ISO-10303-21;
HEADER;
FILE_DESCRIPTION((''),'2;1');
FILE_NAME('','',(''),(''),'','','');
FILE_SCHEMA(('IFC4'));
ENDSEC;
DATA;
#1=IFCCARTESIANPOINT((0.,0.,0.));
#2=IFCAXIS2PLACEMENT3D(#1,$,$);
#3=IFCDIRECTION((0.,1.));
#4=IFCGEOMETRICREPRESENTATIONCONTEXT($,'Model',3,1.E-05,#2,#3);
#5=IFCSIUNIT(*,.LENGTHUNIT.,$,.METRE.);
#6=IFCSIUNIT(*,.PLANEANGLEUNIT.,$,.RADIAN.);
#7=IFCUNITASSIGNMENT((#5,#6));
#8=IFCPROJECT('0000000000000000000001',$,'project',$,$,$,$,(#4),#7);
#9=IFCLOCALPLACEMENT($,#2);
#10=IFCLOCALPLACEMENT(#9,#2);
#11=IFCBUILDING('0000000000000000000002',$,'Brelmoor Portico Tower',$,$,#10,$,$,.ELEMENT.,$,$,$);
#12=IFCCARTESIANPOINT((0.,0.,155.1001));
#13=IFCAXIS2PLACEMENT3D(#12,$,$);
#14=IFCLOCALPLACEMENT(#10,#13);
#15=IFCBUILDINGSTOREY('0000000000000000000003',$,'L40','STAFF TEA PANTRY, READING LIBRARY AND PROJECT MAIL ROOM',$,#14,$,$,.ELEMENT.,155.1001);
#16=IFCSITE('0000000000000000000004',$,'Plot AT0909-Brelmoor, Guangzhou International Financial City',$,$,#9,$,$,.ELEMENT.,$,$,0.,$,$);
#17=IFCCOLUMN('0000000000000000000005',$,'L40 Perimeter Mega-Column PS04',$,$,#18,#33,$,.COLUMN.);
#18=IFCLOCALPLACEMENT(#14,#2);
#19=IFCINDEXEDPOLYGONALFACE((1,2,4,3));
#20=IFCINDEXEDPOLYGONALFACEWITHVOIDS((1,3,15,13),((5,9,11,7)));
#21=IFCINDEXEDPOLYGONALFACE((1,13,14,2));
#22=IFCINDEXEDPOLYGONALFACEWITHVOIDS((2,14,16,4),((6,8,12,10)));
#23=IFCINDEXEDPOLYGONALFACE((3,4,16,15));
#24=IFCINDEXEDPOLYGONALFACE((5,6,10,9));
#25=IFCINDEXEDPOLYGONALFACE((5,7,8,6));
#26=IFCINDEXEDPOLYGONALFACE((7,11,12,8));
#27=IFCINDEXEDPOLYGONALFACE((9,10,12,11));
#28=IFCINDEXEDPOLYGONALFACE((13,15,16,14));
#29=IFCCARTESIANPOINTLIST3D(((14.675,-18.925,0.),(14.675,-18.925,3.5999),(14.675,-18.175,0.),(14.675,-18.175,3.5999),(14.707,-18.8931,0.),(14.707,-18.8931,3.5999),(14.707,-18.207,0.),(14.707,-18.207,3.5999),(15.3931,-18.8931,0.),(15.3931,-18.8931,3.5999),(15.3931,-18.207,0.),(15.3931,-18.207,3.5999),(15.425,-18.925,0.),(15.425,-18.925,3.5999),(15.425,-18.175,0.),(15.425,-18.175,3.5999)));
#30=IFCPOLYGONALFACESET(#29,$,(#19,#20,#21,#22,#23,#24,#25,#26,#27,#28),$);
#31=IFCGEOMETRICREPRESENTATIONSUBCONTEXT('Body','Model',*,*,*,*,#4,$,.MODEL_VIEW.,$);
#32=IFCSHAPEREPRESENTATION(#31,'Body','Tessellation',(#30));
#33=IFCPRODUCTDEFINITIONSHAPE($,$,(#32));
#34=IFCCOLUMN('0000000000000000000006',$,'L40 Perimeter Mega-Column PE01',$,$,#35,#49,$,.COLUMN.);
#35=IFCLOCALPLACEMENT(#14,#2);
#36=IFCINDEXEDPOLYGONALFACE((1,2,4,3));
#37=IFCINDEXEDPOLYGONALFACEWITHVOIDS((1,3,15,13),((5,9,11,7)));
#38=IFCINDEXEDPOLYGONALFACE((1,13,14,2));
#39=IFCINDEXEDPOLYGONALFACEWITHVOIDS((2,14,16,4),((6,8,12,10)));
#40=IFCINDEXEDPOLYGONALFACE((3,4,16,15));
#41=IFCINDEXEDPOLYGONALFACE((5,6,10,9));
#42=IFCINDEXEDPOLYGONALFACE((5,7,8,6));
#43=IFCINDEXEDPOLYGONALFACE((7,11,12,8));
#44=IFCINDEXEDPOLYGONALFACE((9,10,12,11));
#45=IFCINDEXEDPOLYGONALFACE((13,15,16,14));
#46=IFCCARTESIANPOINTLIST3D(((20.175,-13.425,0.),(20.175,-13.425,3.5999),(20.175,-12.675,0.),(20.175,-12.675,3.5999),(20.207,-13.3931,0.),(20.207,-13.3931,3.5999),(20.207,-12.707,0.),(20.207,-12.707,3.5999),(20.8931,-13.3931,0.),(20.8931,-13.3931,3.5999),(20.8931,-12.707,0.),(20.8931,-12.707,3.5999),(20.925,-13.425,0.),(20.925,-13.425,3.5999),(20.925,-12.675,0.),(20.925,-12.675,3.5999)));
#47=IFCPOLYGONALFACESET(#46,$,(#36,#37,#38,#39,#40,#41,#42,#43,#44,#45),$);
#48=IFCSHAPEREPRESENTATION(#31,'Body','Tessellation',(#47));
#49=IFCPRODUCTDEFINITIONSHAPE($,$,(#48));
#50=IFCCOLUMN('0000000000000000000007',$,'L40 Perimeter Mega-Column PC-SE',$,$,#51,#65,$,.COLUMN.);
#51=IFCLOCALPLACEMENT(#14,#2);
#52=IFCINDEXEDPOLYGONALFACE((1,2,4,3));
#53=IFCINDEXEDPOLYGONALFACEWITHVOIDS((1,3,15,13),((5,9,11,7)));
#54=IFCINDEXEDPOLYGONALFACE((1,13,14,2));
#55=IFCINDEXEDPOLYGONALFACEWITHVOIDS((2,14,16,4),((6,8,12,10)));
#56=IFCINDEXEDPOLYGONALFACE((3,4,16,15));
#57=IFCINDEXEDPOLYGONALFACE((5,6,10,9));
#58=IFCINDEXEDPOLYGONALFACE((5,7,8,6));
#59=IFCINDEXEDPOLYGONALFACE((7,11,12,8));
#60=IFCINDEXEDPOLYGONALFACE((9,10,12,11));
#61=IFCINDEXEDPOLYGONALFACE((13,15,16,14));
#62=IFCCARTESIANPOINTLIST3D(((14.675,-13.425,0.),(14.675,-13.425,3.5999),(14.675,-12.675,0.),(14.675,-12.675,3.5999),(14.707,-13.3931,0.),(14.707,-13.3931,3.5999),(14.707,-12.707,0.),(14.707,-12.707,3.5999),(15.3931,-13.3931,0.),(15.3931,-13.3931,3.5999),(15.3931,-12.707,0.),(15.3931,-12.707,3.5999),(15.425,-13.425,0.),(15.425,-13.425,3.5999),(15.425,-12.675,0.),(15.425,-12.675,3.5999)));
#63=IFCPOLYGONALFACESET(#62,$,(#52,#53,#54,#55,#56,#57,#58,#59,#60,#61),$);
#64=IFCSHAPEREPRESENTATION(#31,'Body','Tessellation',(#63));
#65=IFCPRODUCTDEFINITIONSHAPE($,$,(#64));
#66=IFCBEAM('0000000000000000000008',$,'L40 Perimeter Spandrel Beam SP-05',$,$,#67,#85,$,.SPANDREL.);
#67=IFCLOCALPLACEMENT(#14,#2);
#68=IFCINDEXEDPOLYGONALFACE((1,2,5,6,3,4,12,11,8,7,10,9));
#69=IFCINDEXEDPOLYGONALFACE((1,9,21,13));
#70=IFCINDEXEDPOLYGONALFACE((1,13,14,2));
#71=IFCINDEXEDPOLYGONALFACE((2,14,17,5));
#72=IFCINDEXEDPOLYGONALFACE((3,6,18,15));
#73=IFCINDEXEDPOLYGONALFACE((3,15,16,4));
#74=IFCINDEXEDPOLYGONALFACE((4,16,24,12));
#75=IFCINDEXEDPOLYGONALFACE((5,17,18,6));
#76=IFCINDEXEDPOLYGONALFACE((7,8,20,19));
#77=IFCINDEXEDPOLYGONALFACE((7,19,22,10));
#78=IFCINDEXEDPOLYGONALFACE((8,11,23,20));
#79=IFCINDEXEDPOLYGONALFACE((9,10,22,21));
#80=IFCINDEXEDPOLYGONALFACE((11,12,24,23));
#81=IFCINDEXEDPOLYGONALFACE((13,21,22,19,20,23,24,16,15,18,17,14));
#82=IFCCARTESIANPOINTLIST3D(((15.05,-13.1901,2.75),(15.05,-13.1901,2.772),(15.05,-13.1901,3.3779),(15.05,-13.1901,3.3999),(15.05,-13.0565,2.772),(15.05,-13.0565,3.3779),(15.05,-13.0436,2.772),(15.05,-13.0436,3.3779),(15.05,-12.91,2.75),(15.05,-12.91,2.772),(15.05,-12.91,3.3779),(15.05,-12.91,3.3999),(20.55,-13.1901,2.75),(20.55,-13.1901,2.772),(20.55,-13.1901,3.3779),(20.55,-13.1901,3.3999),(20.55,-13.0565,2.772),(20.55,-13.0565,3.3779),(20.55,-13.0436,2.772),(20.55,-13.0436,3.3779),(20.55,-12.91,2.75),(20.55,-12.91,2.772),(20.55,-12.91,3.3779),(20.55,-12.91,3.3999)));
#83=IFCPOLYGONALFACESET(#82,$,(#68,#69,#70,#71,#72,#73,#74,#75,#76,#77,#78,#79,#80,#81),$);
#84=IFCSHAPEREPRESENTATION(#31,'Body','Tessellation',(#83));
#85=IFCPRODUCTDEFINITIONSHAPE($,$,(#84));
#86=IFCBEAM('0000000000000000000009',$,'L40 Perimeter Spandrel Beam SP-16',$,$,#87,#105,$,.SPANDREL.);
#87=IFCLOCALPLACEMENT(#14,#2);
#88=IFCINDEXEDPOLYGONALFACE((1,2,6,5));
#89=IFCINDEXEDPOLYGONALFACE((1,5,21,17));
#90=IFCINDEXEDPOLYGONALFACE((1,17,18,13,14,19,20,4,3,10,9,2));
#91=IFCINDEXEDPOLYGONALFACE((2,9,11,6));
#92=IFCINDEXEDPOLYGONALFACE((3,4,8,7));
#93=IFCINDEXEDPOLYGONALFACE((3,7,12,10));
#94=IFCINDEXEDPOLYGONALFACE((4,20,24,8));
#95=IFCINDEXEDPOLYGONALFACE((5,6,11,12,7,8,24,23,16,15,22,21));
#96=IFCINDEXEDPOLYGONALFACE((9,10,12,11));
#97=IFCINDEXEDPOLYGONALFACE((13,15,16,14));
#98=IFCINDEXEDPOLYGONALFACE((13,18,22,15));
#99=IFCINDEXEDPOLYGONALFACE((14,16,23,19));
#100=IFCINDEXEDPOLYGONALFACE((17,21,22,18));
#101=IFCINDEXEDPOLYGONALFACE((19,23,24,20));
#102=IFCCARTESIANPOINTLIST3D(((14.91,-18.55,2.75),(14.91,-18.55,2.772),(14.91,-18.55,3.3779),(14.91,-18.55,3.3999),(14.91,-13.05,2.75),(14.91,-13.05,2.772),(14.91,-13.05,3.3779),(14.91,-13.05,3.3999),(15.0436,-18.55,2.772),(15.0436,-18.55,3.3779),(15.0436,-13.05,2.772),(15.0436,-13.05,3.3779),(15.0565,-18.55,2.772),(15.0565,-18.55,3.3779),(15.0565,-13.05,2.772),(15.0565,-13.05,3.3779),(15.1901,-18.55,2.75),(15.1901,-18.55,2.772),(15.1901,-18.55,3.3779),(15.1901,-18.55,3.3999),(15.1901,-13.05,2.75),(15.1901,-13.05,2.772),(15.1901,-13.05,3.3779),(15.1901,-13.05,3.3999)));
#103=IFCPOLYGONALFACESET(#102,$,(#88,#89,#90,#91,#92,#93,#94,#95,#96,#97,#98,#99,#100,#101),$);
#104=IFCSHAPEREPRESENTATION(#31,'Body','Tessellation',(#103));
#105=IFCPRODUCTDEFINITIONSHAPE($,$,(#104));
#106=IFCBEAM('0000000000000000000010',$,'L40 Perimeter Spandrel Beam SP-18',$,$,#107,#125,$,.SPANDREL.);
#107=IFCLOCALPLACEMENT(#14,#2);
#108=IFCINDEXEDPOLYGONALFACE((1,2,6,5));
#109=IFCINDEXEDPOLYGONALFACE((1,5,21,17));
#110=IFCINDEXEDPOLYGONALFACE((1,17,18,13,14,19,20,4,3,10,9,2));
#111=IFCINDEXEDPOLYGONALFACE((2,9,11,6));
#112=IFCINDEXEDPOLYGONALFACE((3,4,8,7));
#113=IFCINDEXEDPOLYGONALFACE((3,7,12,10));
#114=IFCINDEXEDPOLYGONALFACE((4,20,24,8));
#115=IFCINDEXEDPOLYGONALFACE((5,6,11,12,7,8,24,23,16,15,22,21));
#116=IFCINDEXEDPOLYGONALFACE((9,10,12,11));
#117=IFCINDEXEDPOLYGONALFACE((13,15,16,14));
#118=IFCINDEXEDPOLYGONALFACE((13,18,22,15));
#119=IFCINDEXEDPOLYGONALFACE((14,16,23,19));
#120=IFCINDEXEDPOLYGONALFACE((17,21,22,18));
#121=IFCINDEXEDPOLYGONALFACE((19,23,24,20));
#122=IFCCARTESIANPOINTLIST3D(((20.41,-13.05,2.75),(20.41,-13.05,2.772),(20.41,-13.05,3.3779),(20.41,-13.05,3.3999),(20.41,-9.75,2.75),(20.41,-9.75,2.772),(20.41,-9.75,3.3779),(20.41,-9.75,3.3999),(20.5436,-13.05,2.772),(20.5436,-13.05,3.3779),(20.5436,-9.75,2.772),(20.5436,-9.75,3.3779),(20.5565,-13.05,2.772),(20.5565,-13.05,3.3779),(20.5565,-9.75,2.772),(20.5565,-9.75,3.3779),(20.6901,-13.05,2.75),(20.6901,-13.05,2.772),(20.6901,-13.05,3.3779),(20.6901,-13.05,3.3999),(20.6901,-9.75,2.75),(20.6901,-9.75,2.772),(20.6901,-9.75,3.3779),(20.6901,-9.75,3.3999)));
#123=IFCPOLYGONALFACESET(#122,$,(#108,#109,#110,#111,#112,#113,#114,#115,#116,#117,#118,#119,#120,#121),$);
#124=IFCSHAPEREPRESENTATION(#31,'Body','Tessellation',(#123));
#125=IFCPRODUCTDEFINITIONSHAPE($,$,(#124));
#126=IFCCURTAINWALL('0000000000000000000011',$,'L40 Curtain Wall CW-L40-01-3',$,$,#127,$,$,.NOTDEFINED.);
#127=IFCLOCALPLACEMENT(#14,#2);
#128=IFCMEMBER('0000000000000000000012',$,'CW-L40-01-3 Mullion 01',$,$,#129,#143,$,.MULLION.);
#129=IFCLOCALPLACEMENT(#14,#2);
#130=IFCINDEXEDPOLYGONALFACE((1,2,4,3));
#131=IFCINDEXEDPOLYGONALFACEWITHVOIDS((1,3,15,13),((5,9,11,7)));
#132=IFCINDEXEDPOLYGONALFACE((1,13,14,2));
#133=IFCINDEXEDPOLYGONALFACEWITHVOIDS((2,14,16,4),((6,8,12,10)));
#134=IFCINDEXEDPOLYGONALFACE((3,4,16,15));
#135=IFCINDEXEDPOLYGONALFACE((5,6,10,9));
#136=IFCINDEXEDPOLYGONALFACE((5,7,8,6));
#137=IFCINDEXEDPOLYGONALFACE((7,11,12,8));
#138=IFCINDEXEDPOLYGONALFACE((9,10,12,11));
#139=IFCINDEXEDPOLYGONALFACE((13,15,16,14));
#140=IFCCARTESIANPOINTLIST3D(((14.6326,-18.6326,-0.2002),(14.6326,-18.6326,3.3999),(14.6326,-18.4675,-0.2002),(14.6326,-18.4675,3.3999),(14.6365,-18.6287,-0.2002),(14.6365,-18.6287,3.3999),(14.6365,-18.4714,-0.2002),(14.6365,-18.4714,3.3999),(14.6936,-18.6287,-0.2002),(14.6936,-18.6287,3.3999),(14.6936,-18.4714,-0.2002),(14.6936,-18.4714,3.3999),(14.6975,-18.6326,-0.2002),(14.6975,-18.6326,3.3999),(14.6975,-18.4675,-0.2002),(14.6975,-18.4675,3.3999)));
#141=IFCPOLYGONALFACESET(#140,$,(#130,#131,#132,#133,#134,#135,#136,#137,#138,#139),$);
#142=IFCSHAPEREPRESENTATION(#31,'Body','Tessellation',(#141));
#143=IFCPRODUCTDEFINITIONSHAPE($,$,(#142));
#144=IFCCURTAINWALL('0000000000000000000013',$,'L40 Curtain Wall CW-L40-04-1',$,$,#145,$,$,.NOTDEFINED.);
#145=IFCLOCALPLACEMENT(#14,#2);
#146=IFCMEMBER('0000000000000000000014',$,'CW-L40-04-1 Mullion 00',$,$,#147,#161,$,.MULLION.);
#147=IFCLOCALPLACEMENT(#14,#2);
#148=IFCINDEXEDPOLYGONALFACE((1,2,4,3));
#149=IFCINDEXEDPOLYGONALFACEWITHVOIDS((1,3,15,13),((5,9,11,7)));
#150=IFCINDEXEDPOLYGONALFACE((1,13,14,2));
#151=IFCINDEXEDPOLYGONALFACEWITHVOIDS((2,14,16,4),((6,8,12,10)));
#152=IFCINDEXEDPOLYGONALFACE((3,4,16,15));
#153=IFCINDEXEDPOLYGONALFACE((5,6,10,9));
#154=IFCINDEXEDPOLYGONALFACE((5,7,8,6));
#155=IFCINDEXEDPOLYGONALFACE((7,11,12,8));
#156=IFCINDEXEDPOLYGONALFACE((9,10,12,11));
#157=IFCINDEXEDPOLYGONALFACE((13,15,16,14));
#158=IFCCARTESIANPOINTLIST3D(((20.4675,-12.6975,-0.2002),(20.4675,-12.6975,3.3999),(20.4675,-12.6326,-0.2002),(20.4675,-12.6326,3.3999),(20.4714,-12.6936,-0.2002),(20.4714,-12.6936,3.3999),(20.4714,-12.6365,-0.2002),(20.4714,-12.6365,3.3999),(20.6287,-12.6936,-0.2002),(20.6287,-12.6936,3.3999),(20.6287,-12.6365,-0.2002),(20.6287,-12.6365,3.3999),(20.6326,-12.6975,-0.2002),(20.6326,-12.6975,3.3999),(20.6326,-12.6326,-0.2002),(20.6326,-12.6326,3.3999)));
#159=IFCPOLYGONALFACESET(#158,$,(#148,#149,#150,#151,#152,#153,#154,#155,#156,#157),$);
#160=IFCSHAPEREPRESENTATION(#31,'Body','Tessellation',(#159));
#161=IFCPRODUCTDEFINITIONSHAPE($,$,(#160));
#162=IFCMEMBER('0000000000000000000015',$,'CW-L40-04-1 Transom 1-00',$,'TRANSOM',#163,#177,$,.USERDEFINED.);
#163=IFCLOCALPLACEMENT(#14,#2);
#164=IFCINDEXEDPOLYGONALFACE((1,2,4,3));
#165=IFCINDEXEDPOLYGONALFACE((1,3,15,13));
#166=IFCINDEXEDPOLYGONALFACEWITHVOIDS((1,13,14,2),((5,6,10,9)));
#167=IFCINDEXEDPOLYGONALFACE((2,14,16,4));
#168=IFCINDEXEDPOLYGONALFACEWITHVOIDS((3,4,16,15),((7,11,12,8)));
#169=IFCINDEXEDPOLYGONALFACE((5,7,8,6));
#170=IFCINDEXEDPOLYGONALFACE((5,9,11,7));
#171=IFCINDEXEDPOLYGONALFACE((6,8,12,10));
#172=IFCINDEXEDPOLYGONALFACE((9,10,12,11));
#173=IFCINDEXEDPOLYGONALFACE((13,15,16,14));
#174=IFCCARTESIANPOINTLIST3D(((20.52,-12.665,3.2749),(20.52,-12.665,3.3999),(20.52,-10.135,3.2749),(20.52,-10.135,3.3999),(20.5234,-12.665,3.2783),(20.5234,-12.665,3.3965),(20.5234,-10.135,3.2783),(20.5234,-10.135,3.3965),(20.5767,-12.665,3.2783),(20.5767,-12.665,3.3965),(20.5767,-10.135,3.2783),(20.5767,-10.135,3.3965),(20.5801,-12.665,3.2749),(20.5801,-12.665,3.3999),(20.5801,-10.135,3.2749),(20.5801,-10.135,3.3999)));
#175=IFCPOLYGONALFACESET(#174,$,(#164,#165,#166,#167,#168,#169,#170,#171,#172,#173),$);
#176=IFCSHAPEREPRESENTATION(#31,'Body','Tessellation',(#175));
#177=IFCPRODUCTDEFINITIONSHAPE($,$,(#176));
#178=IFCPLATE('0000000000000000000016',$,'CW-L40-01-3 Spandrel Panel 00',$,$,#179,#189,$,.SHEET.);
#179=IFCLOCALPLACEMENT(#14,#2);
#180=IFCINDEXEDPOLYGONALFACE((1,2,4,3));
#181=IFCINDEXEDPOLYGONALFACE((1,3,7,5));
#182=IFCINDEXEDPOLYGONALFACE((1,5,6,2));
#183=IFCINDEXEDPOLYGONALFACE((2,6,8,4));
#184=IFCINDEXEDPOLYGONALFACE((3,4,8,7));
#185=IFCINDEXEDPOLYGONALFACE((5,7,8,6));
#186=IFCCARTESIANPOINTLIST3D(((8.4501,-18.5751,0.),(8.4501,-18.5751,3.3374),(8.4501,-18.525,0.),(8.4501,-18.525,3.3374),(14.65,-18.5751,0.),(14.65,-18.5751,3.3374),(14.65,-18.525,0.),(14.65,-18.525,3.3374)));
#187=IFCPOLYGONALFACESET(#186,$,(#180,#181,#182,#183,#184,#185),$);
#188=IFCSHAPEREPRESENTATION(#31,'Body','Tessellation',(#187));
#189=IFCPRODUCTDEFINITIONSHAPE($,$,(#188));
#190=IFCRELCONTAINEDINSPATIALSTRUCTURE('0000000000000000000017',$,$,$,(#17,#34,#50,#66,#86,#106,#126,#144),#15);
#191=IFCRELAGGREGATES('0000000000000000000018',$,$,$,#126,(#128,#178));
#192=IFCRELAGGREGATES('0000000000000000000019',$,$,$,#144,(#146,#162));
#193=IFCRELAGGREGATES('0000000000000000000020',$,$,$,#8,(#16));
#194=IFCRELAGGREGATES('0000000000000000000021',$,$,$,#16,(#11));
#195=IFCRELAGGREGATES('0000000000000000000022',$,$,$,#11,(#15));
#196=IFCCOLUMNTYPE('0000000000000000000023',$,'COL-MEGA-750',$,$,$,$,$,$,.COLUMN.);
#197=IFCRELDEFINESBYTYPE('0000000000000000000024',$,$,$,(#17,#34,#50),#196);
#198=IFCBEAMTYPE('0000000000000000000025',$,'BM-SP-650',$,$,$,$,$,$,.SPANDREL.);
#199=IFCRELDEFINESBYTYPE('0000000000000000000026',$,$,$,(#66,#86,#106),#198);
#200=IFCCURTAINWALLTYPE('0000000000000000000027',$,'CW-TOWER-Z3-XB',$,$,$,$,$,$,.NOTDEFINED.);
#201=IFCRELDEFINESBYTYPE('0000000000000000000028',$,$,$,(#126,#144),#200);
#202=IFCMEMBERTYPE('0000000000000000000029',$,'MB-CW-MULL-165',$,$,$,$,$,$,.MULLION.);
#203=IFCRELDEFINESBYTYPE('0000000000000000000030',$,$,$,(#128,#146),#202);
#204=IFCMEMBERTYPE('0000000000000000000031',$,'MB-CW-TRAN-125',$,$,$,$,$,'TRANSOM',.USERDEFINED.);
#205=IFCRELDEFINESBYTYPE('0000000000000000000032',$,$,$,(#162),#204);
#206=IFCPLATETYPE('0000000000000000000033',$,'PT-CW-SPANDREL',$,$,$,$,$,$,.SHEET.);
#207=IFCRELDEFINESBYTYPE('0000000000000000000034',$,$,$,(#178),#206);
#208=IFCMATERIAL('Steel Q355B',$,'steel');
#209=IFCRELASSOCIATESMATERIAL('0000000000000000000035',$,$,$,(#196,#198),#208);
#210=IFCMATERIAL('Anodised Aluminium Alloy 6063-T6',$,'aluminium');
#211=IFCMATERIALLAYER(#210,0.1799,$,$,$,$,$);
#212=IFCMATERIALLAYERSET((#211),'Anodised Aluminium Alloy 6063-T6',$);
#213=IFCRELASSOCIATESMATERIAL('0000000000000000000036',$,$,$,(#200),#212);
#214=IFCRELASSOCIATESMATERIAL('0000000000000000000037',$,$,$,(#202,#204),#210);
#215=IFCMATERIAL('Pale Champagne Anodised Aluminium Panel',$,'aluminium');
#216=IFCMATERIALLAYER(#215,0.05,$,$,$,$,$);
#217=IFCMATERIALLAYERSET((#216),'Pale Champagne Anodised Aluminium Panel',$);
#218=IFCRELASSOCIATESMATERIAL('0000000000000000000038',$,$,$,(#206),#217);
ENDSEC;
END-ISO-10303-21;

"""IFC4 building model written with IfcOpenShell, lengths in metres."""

from ifc_helpers import new_model, si_unit, direction, frame, origin, origin_2d, place, context, subcontext, project, spatial, rectangle, hollow_rectangle, i_section, extrude, material, layer, layer_set, material_profile, profile_set, type_object, element, aggregate, save


model = new_model("IFC4")

# Units and contexts
model_context = context("Model", 3, precision=1e-05, world=origin(), true_north=direction((0.0, 1.0)))
body_context = subcontext(model_context, "Body", "Model", "MODEL_VIEW")
ifc_project = project(units=[si_unit("LENGTHUNIT", "METRE"), si_unit("PLANEANGLEUNIT", "RADIAN")], contexts=[model_context])

# Site, building, storey
site_placement = place(None, origin())
site = spatial("IfcSite", under=ifc_project, at=site_placement, Name="Plot AT0909-Brelmoor, Guangzhou International Financial City", CompositionType="ELEMENT", RefElevation=0.0)
building_placement = place(site_placement, origin())
building = spatial("IfcBuilding", under=site, at=building_placement, Name="Brelmoor Portico Tower", CompositionType="ELEMENT")
storey_placement = place(building_placement, frame((0.0, 0.0, 155.1001)))
storey = spatial("IfcBuildingStorey", under=building, at=storey_placement, Name="L40", Description="STAFF TEA PANTRY, READING LIBRARY AND PROJECT MAIL ROOM", CompositionType="ELEMENT", Elevation=155.1001)

# Columns
ifc_material_1 = material(Name="Steel Q355B", Category="steel")
ifc_material_profile_1 = material_profile(ifc_material_1, hollow_rectangle(XDim=0.75, YDim=0.75, WallThickness=0.032, at=origin_2d()), Name="BOX 750x750x32")
ifc_profile_set_1 = profile_set([ifc_material_profile_1], Name="Steel Q355B")
column_type = type_object("IfcColumnType", Name="COL-MEGA-750", PredefinedType="COLUMN", material=ifc_profile_set_1)
for number, where, z_axis, x_axis, name in (
    (1, (15.05, -18.55, 0.0), (0.0, 0.0, 1.0), (1.0, 0.0, 0.0), "L40 Perimeter Mega-Column PS04"),
    (2, (20.55, -13.05, 0.0), (0.0, 0.0, 1.0), (0.0, 1.0, 0.0), "L40 Perimeter Mega-Column PE01"),
    (3, (15.05, -13.05, 0.0), (0.0, 0.0, 1.0), (1.0, 0.0, 0.0), "L40 Perimeter Mega-Column PC-SE"),
):
    element("IfcColumn", number, at=place(storey_placement, frame(where, z_axis=z_axis, x_axis=x_axis)), inside=storey, type_object=column_type, Name=name, PredefinedType="COLUMN", context=body_context, shape_type="SweptSolid", body=[
        extrude(hollow_rectangle(XDim=0.75, YDim=0.75, WallThickness=0.032, at=origin_2d()), origin(), (0.0, 0.0, 1.0), 3.5999),
    ])

# Beams
ifc_material_profile_2 = material_profile(ifc_material_1, i_section(OverallWidth=0.28, OverallDepth=0.6499, WebThickness=0.0129, FlangeThickness=0.022, at=origin_2d()), Name="HN 650x280x13x22")
ifc_profile_set_2 = profile_set([ifc_material_profile_2], Name="Steel Q355B")
beam_type = type_object("IfcBeamType", Name="BM-SP-650", PredefinedType="SPANDREL", material=ifc_profile_set_2)
for number, where, z_axis, x_axis, name in (
    (4, (15.05, -13.05, 3.075), (1.0, 0.0, 0.0), (0.0, 1.0, 0.0), "L40 Perimeter Spandrel Beam SP-05"),
    (5, (15.05, -18.55, 3.075), (0.0, 1.0, 0.0), (-1.0, 0.0, 0.0), "L40 Perimeter Spandrel Beam SP-16"),
):
    element("IfcBeam", number, at=place(storey_placement, frame(where, z_axis=z_axis, x_axis=x_axis)), inside=storey, type_object=beam_type, Name=name, PredefinedType="SPANDREL", context=body_context, shape_type="SweptSolid", body=[
        extrude(i_section(OverallWidth=0.28, OverallDepth=0.6499, WebThickness=0.0129, FlangeThickness=0.022, at=origin_2d()), origin(), (0.0, 0.0, 1.0), 5.5),
    ])
beam_placement = place(storey_placement, frame((20.55, -13.05, 3.075), z_axis=(0.0, 1.0, 0.0), x_axis=(-1.0, 0.0, 0.0)))
element("IfcBeam", 6, at=beam_placement, inside=storey, type_object=beam_type, Name="L40 Perimeter Spandrel Beam SP-18", PredefinedType="SPANDREL", context=body_context, shape_type="SweptSolid", body=[
    extrude(i_section(OverallWidth=0.28, OverallDepth=0.6499, WebThickness=0.0129, FlangeThickness=0.022, at=origin_2d()), origin(), (0.0, 0.0, 1.0), 3.3),
])

# Curtain wall, member
ifc_material_2 = material(Name="Anodised Aluminium Alloy 6063-T6", Category="aluminium")
ifc_layer_1 = layer(ifc_material_2, 0.1799)
ifc_layer_set_1 = layer_set([ifc_layer_1], Name="Anodised Aluminium Alloy 6063-T6")
curtain_wall_type = type_object("IfcCurtainWallType", Name="CW-TOWER-Z3-XB", PredefinedType="NOTDEFINED", material=ifc_layer_set_1)
curtain_wall_1_placement = place(storey_placement, origin())
curtain_wall_1 = element("IfcCurtainWall", 7, at=curtain_wall_1_placement, inside=storey, type_object=curtain_wall_type, Name="L40 Curtain Wall CW-L40-01-3", PredefinedType="NOTDEFINED")
ifc_material_profile_3 = material_profile(ifc_material_2, hollow_rectangle(XDim=0.0649, YDim=0.165, WallThickness=0.0039, at=origin_2d()), Name="ALU MULLION 65x165")
ifc_profile_set_3 = profile_set([ifc_material_profile_3], Name="Anodised Aluminium Alloy 6063-T6")
member_type_1 = type_object("IfcMemberType", Name="MB-CW-MULL-165", PredefinedType="MULLION", material=ifc_profile_set_3)
member_1_placement = place(storey_placement, frame((14.665, -18.55, -0.2002), z_axis=(0.0, 0.0, 1.0), x_axis=(1.0, 0.0, 0.0)))
member_1 = element("IfcMember", 8, at=member_1_placement, type_object=member_type_1, Name="CW-L40-01-3 Mullion 01", PredefinedType="MULLION", context=body_context, shape_type="SweptSolid", body=[
    extrude(hollow_rectangle(XDim=0.0649, YDim=0.165, WallThickness=0.0039, at=origin_2d()), origin(), (0.0, 0.0, 1.0), 3.6001),
])

# Curtain wall, members
curtain_wall_2_placement = place(storey_placement, origin())
curtain_wall_2 = element("IfcCurtainWall", 9, at=curtain_wall_2_placement, inside=storey, type_object=curtain_wall_type, Name="L40 Curtain Wall CW-L40-04-1", PredefinedType="NOTDEFINED")
member_2_placement = place(storey_placement, frame((20.55, -12.665, -0.2002), z_axis=(0.0, 0.0, 1.0), x_axis=(0.0, 1.0, 0.0)))
member_2 = element("IfcMember", 10, at=member_2_placement, type_object=member_type_1, Name="CW-L40-04-1 Mullion 00", PredefinedType="MULLION", context=body_context, shape_type="SweptSolid", body=[
    extrude(hollow_rectangle(XDim=0.0649, YDim=0.165, WallThickness=0.0039, at=origin_2d()), origin(), (0.0, 0.0, 1.0), 3.6001),
])
ifc_material_profile_4 = material_profile(ifc_material_2, hollow_rectangle(XDim=0.0601, YDim=0.125, WallThickness=0.0034, at=origin_2d()), Name="ALU TRANSOM 60x125")
ifc_profile_set_4 = profile_set([ifc_material_profile_4], Name="Anodised Aluminium Alloy 6063-T6")
member_type_2 = type_object("IfcMemberType", Name="MB-CW-TRAN-125", ElementType="TRANSOM", PredefinedType="USERDEFINED", material=ifc_profile_set_4)
member_3_placement = place(storey_placement, frame((20.55, -12.665, 3.3374), z_axis=(0.0, 1.0, 0.0), x_axis=(-1.0, 0.0, 0.0)))
member_3 = element("IfcMember", 11, at=member_3_placement, type_object=member_type_2, Name="CW-L40-04-1 Transom 1-00", ObjectType="TRANSOM", PredefinedType="USERDEFINED", context=body_context, shape_type="SweptSolid", body=[
    extrude(hollow_rectangle(XDim=0.0601, YDim=0.125, WallThickness=0.0034, at=origin_2d()), origin(), (0.0, 0.0, 1.0), 2.53),
])

# Plate
ifc_material_3 = material(Name="Pale Champagne Anodised Aluminium Panel", Category="aluminium")
ifc_layer_2 = layer(ifc_material_3, 0.05)
ifc_layer_set_2 = layer_set([ifc_layer_2], Name="Pale Champagne Anodised Aluminium Panel")
plate_type_1 = type_object("IfcPlateType", Name="PT-CW-SPANDREL", PredefinedType="SHEET", material=ifc_layer_set_2)
plate_1_placement = place(storey_placement, frame((11.55, -18.55, 0.0), z_axis=(0.0, 0.0, 1.0), x_axis=(1.0, 0.0, 0.0)))
plate_1 = element("IfcPlate", 12, at=plate_1_placement, type_object=plate_type_1, Name="CW-L40-01-3 Spandrel Panel 00", PredefinedType="SHEET", context=body_context, shape_type="SweptSolid", body=[
    extrude(rectangle(XDim=6.2, YDim=0.05, at=origin_2d()), origin(), (0.0, 0.0, 1.0), 3.3374),
])
aggregate(curtain_wall_1, [member_1, plate_1])
aggregate(curtain_wall_2, [member_2, member_3])

save(model, "model.ifc")
